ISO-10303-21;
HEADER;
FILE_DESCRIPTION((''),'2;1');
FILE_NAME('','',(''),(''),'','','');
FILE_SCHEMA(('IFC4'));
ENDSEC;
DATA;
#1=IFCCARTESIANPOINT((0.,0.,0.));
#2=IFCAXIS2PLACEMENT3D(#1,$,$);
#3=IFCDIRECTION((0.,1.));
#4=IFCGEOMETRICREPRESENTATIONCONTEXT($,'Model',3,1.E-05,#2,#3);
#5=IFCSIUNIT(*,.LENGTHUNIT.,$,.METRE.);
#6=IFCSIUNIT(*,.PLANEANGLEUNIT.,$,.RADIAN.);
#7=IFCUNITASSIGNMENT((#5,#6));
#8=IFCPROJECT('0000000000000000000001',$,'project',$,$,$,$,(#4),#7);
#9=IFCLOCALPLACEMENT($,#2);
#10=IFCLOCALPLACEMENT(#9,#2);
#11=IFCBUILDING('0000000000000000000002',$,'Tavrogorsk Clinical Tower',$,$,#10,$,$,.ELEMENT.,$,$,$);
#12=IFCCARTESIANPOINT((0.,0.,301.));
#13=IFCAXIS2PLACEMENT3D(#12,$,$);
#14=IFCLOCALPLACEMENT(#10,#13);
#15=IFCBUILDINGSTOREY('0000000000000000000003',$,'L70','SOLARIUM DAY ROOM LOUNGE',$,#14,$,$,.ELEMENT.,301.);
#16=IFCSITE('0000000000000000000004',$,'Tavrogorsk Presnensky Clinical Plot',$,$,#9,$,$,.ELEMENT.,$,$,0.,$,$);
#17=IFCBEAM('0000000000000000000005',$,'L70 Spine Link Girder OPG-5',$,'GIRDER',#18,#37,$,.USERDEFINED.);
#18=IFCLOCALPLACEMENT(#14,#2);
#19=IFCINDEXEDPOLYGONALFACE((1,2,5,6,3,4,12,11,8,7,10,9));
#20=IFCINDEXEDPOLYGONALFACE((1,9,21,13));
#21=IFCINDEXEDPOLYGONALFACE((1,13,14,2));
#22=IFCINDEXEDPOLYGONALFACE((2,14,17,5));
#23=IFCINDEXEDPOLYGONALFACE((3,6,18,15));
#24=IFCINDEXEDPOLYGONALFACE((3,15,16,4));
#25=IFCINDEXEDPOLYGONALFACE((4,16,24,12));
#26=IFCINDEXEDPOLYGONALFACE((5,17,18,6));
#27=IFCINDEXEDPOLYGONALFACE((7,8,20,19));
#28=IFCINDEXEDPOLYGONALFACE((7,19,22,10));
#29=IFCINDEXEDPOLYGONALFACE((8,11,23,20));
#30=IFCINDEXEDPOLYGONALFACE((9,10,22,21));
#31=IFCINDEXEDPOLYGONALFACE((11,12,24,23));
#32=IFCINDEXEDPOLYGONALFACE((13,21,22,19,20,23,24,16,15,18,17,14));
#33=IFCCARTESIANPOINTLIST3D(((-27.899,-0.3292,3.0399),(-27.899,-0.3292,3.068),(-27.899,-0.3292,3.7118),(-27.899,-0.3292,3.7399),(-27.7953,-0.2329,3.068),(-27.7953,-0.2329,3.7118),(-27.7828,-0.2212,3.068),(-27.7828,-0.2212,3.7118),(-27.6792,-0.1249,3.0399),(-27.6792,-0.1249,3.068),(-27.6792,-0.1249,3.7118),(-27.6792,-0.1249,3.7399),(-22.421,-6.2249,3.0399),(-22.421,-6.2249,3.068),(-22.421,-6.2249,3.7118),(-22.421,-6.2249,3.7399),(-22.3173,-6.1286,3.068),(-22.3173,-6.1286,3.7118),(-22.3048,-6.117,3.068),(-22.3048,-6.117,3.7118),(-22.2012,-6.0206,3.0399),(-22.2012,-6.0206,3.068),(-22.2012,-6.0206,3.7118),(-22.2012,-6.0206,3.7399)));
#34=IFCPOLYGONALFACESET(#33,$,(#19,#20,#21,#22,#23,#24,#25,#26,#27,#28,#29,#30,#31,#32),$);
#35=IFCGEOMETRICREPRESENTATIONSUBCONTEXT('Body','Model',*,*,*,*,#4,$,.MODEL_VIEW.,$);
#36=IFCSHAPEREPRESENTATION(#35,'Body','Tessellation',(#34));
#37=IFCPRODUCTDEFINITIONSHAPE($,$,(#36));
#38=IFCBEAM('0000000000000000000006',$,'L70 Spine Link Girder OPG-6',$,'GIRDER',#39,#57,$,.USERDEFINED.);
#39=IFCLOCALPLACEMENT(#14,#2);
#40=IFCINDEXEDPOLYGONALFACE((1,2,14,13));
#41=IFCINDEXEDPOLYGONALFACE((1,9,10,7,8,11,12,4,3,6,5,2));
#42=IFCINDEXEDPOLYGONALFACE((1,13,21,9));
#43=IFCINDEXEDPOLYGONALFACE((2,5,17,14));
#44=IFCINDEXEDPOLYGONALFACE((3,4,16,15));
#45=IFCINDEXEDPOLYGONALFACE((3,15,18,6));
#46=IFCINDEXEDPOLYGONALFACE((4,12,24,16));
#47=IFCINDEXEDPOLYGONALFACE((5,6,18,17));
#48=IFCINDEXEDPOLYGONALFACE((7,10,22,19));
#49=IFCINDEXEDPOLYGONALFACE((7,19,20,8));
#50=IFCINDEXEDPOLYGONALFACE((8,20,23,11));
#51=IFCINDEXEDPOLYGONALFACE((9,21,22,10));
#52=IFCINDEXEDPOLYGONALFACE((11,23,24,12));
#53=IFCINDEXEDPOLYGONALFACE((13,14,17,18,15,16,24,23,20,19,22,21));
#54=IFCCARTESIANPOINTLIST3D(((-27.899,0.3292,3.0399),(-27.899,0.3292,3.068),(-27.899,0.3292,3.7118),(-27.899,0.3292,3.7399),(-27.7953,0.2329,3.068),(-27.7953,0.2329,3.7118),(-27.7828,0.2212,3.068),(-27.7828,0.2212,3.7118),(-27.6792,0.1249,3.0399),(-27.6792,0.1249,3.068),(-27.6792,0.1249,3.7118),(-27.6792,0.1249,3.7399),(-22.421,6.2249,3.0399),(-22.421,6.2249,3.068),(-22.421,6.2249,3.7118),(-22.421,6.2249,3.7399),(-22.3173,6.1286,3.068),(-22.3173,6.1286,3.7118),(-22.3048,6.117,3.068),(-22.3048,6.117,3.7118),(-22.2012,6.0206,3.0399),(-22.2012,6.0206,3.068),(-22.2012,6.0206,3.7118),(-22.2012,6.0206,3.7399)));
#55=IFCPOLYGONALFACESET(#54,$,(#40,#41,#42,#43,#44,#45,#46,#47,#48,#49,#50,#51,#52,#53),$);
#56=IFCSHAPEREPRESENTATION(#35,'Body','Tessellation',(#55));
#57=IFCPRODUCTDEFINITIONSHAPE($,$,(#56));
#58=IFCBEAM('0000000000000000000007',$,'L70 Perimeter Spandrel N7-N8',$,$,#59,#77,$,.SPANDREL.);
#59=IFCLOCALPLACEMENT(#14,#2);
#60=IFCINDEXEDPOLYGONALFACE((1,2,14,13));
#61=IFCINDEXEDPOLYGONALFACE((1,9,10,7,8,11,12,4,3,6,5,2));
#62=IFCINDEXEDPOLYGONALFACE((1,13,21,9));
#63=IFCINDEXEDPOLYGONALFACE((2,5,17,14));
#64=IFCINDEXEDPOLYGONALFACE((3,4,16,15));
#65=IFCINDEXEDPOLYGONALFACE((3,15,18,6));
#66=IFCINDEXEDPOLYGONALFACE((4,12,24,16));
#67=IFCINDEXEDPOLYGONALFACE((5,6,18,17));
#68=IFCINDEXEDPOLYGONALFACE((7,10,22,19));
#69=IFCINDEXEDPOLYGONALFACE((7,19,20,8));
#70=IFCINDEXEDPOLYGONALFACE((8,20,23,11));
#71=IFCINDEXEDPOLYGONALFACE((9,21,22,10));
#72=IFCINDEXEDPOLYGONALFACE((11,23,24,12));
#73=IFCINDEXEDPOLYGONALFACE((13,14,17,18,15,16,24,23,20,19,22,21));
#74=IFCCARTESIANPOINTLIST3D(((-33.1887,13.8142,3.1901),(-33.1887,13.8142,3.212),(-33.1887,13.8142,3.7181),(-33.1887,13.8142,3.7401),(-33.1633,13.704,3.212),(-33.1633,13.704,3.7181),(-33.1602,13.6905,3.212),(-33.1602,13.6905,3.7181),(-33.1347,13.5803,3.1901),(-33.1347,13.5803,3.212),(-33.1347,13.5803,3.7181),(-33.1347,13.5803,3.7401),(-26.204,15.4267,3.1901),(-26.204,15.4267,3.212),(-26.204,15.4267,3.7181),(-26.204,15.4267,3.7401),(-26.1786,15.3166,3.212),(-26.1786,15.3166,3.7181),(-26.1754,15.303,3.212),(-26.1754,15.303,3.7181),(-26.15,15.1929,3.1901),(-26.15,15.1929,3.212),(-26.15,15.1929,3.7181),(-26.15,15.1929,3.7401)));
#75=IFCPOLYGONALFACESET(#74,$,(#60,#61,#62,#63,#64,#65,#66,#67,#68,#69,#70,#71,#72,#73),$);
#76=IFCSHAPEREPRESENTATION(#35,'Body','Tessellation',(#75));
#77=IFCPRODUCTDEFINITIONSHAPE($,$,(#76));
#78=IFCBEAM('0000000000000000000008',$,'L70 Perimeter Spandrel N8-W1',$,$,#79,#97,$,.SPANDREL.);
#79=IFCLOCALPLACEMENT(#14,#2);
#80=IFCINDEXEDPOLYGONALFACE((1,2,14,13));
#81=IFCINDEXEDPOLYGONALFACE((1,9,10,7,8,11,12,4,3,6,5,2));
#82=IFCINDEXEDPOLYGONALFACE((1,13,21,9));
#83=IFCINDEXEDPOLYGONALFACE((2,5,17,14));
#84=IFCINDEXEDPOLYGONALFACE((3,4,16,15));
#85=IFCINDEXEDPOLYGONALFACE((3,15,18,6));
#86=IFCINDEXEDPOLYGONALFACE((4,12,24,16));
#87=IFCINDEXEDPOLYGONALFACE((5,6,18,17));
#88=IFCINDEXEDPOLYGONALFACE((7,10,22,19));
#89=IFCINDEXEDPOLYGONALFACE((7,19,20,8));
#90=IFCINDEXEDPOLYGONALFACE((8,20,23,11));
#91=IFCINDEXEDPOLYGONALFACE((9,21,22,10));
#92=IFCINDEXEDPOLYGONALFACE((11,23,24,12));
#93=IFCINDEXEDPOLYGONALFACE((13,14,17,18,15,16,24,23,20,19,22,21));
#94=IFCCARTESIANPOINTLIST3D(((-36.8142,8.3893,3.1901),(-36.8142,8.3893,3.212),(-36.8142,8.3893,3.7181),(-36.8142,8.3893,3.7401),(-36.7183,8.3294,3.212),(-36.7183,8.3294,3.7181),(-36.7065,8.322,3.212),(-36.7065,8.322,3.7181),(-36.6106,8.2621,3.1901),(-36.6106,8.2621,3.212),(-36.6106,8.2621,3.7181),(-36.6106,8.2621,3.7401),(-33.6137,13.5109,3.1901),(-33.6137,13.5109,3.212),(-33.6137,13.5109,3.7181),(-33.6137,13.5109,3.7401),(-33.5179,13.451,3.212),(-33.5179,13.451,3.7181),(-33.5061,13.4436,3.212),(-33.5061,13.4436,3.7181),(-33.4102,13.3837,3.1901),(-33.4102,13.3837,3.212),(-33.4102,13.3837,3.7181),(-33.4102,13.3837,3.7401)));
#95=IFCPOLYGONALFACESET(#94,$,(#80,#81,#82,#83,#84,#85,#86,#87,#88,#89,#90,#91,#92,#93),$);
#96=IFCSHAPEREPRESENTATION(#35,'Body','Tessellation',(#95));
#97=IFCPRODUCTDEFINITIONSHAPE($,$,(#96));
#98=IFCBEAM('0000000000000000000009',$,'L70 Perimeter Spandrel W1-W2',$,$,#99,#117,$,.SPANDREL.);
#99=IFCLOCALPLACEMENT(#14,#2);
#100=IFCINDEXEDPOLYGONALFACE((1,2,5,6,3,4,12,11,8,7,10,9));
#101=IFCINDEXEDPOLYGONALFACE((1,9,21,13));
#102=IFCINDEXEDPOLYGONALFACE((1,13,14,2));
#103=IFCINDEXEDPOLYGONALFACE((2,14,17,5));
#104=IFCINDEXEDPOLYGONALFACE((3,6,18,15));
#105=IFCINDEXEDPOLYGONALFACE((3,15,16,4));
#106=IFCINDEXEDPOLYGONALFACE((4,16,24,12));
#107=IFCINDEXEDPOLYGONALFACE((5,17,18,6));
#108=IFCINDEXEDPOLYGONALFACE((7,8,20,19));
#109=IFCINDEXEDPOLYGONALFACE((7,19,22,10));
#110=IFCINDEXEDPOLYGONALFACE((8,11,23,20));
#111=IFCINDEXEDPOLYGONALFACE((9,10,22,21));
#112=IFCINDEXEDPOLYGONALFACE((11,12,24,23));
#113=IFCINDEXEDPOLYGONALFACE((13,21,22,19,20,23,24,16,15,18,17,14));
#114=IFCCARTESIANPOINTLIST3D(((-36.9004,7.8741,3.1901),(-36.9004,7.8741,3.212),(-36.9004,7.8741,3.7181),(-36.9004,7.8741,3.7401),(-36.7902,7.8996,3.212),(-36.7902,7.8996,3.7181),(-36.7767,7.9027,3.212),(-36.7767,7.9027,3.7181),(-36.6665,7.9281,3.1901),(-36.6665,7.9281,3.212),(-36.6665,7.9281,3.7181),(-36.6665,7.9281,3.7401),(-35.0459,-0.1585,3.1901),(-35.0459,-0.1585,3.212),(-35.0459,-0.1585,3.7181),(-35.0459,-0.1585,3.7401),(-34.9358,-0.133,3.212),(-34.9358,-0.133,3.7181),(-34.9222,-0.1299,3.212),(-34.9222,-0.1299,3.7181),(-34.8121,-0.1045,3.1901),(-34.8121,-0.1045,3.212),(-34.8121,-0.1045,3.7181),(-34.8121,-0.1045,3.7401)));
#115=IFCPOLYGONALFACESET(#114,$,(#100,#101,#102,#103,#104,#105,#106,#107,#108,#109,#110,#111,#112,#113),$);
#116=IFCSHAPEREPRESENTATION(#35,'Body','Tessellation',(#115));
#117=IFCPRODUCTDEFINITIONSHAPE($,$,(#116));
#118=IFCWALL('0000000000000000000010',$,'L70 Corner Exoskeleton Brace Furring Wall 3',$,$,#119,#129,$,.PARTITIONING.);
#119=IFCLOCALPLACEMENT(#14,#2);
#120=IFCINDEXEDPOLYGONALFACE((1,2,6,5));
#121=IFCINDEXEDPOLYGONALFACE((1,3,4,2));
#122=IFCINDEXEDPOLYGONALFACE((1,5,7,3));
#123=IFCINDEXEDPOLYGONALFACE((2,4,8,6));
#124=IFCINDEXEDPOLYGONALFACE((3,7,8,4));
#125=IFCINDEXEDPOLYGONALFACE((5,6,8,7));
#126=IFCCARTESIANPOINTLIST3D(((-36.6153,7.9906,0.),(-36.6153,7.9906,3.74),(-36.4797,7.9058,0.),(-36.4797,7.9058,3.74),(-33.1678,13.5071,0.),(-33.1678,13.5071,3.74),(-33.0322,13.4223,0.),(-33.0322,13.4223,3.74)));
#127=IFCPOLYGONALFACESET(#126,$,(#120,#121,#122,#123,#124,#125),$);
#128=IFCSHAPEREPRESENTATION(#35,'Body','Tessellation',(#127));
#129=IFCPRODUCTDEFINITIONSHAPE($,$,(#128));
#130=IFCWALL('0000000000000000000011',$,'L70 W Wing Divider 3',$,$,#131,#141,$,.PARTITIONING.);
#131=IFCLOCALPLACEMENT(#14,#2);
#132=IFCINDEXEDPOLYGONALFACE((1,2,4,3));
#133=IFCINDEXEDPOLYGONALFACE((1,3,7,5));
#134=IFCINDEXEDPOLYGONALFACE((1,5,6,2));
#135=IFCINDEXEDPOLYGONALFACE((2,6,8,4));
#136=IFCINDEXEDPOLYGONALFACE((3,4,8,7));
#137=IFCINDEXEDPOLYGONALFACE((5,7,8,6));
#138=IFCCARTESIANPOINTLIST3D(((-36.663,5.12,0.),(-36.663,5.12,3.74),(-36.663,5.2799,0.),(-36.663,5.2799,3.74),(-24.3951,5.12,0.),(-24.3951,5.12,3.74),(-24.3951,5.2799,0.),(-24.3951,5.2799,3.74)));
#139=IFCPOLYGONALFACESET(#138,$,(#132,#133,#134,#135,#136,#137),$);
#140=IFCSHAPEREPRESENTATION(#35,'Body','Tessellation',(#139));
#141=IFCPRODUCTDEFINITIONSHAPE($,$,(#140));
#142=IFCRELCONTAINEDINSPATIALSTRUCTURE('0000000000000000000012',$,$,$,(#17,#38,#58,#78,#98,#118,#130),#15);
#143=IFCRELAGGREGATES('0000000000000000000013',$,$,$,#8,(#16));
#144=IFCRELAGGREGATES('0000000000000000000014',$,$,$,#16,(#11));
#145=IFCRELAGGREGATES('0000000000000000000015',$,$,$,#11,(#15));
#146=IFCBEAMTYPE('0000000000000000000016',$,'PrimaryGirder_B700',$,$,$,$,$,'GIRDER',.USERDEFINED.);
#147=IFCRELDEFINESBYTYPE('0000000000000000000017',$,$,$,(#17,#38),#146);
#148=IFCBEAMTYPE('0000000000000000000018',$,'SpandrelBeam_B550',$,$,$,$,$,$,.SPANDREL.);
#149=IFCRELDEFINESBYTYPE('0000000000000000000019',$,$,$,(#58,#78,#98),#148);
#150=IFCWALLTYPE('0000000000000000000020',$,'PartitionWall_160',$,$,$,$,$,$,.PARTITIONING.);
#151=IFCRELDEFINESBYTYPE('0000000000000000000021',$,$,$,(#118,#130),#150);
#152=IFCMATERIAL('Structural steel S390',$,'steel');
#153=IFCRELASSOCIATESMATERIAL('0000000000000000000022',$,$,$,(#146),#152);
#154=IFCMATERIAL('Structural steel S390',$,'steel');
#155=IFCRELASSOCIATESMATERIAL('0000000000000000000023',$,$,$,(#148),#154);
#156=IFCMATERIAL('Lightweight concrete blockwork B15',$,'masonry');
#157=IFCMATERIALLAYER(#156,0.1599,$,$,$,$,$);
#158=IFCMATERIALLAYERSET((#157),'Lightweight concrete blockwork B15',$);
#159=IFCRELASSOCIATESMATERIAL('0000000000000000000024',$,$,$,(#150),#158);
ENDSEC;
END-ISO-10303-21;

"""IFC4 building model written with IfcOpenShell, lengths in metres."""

from ifc_helpers import new_model, si_unit, direction, frame, frame_2d, origin, origin_2d, place, context, subcontext, project, spatial, rectangle, i_section, extrude, material, layer, layer_set, material_profile, profile_set, type_object, element, save


model = new_model("IFC4")

# Units and contexts
model_context = context("Model", 3, precision=1e-05, world=origin(), true_north=direction((0.0, 1.0)))
body_context = subcontext(model_context, "Body", "Model", "MODEL_VIEW")
ifc_project = project(units=[si_unit("LENGTHUNIT", "METRE"), si_unit("PLANEANGLEUNIT", "RADIAN")], contexts=[model_context])

# Site, building, storey
site_placement = place(None, origin())
site = spatial("IfcSite", under=ifc_project, at=site_placement, Name="Tavrogorsk Presnensky Clinical Plot", CompositionType="ELEMENT", RefElevation=0.0)
building_placement = place(site_placement, origin())
building = spatial("IfcBuilding", under=site, at=building_placement, Name="Tavrogorsk Clinical Tower", CompositionType="ELEMENT")
storey_placement = place(building_placement, frame((0.0, 0.0, 301.0)))
storey = spatial("IfcBuildingStorey", under=building, at=storey_placement, Name="L70", Description="SOLARIUM DAY ROOM LOUNGE", CompositionType="ELEMENT", Elevation=301.0)

# Beams
ifc_material_1 = material(Name="Structural steel S390", Category="steel")
ifc_material_profile_1 = material_profile(ifc_material_1, i_section(OverallWidth=0.3, OverallDepth=0.7, WebThickness=0.0171, FlangeThickness=0.0281, at=origin_2d()), Name="B-700x300x17x28")
ifc_profile_set_1 = profile_set([ifc_material_profile_1], Name="Structural steel S390")
beam_type_1 = type_object("IfcBeamType", Name="PrimaryGirder_B700", ElementType="GIRDER", PredefinedType="USERDEFINED", material=ifc_profile_set_1)
for number, where, z_axis, x_axis, name in (
    (1, (-27.7891, -0.2271, 3.3899), (0.680678, -0.732583, 0.0), (0.732583, 0.680678, 0.0), "L70 Spine Link Girder OPG-5"),
    (2, (-27.7891, 0.2271, 3.3899), (0.680678, 0.732583, 0.0), (-0.732583, 0.680678, 0.0), "L70 Spine Link Girder OPG-6"),
):
    element("IfcBeam", number, at=place(storey_placement, frame(where, z_axis=z_axis, x_axis=x_axis)), inside=storey, type_object=beam_type_1, Name=name, ObjectType="GIRDER", PredefinedType="USERDEFINED", context=body_context, shape_type="SweptSolid", body=[
        extrude(i_section(OverallWidth=0.3, OverallDepth=0.7, WebThickness=0.0171, FlangeThickness=0.0281, at=origin_2d()), origin(), (0.0, 0.0, 1.0), 8.0479),
    ])
ifc_material_2 = material(Name="Structural steel S390", Category="steel")
ifc_material_profile_2 = material_profile(ifc_material_2, i_section(OverallWidth=0.24, OverallDepth=0.55, WebThickness=0.0139, FlangeThickness=0.022, at=origin_2d()), Name="B-550x240x14x22")
ifc_profile_set_2 = profile_set([ifc_material_profile_2], Name="Structural steel S390")
beam_type_2 = type_object("IfcBeamType", Name="SpandrelBeam_B550", PredefinedType="SPANDREL", material=ifc_profile_set_2)
beam_1_placement = place(storey_placement, frame((-26.177, 15.3098, 3.4651), z_axis=(-0.974369, -0.224954, 0.0), x_axis=(0.224954, -0.974369, 0.0)))
element("IfcBeam", 3, at=beam_1_placement, inside=storey, type_object=beam_type_2, Name="L70 Perimeter Spandrel N7-N8", PredefinedType="SPANDREL", context=body_context, shape_type="SweptSolid", body=[
    extrude(i_section(OverallWidth=0.24, OverallDepth=0.55, WebThickness=0.0139, FlangeThickness=0.022, at=origin_2d()), origin(), (0.0, 0.0, 1.0), 7.1685),
])
beam_2_placement = place(storey_placement, frame((-33.512, 13.4473, 3.4651), z_axis=(-0.529934, -0.848039, 0.0), x_axis=(0.848039, -0.529934, 0.0)))
element("IfcBeam", 4, at=beam_2_placement, inside=storey, type_object=beam_type_2, Name="L70 Perimeter Spandrel N8-W1", PredefinedType="SPANDREL", context=body_context, shape_type="SweptSolid", body=[
    extrude(i_section(OverallWidth=0.24, OverallDepth=0.55, WebThickness=0.0139, FlangeThickness=0.022, at=origin_2d()), origin(), (0.0, 0.0, 1.0), 6.0393),
])
beam_3_placement = place(storey_placement, frame((-36.7834, 7.9011, 3.4651), z_axis=(0.22495, -0.97437, 0.0), x_axis=(0.97437, 0.22495, 0.0)))
element("IfcBeam", 5, at=beam_3_placement, inside=storey, type_object=beam_type_2, Name="L70 Perimeter Spandrel W1-W2", PredefinedType="SPANDREL", context=body_context, shape_type="SweptSolid", body=[
    extrude(i_section(OverallWidth=0.24, OverallDepth=0.55, WebThickness=0.0139, FlangeThickness=0.022, at=origin_2d()), origin(), (0.0, 0.0, 1.0), 8.2439),
])

# Walls
ifc_material_3 = material(Name="Lightweight concrete blockwork B15", Category="masonry")
ifc_layer_1 = layer(ifc_material_3, 0.1599)
ifc_layer_set_1 = layer_set([ifc_layer_1], Name="Lightweight concrete blockwork B15")
wall_type_1 = type_object("IfcWallType", Name="PartitionWall_160", PredefinedType="PARTITIONING", material=ifc_layer_set_1)
wall_1_placement = place(storey_placement, frame((-33.1001, 13.4646, 0.0), z_axis=(0.0, 0.0, 1.0), x_axis=(-0.529958, -0.848024, 0.0)))
element("IfcWall", 6, at=wall_1_placement, inside=storey, type_object=wall_type_1, Name="L70 Corner Exoskeleton Brace Furring Wall 3", PredefinedType="PARTITIONING", context=body_context, shape_type="SweptSolid", body=[
    extrude(rectangle(XDim=6.5051, YDim=0.1599, at=frame_2d((3.2524, 0.0))), origin(), (0.0, 0.0, 1.0), 3.74),
])
wall_2_placement = place(storey_placement, frame((-36.6628, 5.2, 0.0), z_axis=(0.0, 0.0, 1.0), x_axis=(1.0, 0.0, 0.0)))
element("IfcWall", 7, at=wall_2_placement, inside=storey, type_object=wall_type_1, Name="L70 W Wing Divider 3", PredefinedType="PARTITIONING", context=body_context, shape_type="SweptSolid", body=[
    extrude(rectangle(XDim=12.2678, YDim=0.1599, at=frame_2d((6.1338, 0.0))), origin(), (0.0, 0.0, 1.0), 3.74),
])

save(model, "model.ifc")
